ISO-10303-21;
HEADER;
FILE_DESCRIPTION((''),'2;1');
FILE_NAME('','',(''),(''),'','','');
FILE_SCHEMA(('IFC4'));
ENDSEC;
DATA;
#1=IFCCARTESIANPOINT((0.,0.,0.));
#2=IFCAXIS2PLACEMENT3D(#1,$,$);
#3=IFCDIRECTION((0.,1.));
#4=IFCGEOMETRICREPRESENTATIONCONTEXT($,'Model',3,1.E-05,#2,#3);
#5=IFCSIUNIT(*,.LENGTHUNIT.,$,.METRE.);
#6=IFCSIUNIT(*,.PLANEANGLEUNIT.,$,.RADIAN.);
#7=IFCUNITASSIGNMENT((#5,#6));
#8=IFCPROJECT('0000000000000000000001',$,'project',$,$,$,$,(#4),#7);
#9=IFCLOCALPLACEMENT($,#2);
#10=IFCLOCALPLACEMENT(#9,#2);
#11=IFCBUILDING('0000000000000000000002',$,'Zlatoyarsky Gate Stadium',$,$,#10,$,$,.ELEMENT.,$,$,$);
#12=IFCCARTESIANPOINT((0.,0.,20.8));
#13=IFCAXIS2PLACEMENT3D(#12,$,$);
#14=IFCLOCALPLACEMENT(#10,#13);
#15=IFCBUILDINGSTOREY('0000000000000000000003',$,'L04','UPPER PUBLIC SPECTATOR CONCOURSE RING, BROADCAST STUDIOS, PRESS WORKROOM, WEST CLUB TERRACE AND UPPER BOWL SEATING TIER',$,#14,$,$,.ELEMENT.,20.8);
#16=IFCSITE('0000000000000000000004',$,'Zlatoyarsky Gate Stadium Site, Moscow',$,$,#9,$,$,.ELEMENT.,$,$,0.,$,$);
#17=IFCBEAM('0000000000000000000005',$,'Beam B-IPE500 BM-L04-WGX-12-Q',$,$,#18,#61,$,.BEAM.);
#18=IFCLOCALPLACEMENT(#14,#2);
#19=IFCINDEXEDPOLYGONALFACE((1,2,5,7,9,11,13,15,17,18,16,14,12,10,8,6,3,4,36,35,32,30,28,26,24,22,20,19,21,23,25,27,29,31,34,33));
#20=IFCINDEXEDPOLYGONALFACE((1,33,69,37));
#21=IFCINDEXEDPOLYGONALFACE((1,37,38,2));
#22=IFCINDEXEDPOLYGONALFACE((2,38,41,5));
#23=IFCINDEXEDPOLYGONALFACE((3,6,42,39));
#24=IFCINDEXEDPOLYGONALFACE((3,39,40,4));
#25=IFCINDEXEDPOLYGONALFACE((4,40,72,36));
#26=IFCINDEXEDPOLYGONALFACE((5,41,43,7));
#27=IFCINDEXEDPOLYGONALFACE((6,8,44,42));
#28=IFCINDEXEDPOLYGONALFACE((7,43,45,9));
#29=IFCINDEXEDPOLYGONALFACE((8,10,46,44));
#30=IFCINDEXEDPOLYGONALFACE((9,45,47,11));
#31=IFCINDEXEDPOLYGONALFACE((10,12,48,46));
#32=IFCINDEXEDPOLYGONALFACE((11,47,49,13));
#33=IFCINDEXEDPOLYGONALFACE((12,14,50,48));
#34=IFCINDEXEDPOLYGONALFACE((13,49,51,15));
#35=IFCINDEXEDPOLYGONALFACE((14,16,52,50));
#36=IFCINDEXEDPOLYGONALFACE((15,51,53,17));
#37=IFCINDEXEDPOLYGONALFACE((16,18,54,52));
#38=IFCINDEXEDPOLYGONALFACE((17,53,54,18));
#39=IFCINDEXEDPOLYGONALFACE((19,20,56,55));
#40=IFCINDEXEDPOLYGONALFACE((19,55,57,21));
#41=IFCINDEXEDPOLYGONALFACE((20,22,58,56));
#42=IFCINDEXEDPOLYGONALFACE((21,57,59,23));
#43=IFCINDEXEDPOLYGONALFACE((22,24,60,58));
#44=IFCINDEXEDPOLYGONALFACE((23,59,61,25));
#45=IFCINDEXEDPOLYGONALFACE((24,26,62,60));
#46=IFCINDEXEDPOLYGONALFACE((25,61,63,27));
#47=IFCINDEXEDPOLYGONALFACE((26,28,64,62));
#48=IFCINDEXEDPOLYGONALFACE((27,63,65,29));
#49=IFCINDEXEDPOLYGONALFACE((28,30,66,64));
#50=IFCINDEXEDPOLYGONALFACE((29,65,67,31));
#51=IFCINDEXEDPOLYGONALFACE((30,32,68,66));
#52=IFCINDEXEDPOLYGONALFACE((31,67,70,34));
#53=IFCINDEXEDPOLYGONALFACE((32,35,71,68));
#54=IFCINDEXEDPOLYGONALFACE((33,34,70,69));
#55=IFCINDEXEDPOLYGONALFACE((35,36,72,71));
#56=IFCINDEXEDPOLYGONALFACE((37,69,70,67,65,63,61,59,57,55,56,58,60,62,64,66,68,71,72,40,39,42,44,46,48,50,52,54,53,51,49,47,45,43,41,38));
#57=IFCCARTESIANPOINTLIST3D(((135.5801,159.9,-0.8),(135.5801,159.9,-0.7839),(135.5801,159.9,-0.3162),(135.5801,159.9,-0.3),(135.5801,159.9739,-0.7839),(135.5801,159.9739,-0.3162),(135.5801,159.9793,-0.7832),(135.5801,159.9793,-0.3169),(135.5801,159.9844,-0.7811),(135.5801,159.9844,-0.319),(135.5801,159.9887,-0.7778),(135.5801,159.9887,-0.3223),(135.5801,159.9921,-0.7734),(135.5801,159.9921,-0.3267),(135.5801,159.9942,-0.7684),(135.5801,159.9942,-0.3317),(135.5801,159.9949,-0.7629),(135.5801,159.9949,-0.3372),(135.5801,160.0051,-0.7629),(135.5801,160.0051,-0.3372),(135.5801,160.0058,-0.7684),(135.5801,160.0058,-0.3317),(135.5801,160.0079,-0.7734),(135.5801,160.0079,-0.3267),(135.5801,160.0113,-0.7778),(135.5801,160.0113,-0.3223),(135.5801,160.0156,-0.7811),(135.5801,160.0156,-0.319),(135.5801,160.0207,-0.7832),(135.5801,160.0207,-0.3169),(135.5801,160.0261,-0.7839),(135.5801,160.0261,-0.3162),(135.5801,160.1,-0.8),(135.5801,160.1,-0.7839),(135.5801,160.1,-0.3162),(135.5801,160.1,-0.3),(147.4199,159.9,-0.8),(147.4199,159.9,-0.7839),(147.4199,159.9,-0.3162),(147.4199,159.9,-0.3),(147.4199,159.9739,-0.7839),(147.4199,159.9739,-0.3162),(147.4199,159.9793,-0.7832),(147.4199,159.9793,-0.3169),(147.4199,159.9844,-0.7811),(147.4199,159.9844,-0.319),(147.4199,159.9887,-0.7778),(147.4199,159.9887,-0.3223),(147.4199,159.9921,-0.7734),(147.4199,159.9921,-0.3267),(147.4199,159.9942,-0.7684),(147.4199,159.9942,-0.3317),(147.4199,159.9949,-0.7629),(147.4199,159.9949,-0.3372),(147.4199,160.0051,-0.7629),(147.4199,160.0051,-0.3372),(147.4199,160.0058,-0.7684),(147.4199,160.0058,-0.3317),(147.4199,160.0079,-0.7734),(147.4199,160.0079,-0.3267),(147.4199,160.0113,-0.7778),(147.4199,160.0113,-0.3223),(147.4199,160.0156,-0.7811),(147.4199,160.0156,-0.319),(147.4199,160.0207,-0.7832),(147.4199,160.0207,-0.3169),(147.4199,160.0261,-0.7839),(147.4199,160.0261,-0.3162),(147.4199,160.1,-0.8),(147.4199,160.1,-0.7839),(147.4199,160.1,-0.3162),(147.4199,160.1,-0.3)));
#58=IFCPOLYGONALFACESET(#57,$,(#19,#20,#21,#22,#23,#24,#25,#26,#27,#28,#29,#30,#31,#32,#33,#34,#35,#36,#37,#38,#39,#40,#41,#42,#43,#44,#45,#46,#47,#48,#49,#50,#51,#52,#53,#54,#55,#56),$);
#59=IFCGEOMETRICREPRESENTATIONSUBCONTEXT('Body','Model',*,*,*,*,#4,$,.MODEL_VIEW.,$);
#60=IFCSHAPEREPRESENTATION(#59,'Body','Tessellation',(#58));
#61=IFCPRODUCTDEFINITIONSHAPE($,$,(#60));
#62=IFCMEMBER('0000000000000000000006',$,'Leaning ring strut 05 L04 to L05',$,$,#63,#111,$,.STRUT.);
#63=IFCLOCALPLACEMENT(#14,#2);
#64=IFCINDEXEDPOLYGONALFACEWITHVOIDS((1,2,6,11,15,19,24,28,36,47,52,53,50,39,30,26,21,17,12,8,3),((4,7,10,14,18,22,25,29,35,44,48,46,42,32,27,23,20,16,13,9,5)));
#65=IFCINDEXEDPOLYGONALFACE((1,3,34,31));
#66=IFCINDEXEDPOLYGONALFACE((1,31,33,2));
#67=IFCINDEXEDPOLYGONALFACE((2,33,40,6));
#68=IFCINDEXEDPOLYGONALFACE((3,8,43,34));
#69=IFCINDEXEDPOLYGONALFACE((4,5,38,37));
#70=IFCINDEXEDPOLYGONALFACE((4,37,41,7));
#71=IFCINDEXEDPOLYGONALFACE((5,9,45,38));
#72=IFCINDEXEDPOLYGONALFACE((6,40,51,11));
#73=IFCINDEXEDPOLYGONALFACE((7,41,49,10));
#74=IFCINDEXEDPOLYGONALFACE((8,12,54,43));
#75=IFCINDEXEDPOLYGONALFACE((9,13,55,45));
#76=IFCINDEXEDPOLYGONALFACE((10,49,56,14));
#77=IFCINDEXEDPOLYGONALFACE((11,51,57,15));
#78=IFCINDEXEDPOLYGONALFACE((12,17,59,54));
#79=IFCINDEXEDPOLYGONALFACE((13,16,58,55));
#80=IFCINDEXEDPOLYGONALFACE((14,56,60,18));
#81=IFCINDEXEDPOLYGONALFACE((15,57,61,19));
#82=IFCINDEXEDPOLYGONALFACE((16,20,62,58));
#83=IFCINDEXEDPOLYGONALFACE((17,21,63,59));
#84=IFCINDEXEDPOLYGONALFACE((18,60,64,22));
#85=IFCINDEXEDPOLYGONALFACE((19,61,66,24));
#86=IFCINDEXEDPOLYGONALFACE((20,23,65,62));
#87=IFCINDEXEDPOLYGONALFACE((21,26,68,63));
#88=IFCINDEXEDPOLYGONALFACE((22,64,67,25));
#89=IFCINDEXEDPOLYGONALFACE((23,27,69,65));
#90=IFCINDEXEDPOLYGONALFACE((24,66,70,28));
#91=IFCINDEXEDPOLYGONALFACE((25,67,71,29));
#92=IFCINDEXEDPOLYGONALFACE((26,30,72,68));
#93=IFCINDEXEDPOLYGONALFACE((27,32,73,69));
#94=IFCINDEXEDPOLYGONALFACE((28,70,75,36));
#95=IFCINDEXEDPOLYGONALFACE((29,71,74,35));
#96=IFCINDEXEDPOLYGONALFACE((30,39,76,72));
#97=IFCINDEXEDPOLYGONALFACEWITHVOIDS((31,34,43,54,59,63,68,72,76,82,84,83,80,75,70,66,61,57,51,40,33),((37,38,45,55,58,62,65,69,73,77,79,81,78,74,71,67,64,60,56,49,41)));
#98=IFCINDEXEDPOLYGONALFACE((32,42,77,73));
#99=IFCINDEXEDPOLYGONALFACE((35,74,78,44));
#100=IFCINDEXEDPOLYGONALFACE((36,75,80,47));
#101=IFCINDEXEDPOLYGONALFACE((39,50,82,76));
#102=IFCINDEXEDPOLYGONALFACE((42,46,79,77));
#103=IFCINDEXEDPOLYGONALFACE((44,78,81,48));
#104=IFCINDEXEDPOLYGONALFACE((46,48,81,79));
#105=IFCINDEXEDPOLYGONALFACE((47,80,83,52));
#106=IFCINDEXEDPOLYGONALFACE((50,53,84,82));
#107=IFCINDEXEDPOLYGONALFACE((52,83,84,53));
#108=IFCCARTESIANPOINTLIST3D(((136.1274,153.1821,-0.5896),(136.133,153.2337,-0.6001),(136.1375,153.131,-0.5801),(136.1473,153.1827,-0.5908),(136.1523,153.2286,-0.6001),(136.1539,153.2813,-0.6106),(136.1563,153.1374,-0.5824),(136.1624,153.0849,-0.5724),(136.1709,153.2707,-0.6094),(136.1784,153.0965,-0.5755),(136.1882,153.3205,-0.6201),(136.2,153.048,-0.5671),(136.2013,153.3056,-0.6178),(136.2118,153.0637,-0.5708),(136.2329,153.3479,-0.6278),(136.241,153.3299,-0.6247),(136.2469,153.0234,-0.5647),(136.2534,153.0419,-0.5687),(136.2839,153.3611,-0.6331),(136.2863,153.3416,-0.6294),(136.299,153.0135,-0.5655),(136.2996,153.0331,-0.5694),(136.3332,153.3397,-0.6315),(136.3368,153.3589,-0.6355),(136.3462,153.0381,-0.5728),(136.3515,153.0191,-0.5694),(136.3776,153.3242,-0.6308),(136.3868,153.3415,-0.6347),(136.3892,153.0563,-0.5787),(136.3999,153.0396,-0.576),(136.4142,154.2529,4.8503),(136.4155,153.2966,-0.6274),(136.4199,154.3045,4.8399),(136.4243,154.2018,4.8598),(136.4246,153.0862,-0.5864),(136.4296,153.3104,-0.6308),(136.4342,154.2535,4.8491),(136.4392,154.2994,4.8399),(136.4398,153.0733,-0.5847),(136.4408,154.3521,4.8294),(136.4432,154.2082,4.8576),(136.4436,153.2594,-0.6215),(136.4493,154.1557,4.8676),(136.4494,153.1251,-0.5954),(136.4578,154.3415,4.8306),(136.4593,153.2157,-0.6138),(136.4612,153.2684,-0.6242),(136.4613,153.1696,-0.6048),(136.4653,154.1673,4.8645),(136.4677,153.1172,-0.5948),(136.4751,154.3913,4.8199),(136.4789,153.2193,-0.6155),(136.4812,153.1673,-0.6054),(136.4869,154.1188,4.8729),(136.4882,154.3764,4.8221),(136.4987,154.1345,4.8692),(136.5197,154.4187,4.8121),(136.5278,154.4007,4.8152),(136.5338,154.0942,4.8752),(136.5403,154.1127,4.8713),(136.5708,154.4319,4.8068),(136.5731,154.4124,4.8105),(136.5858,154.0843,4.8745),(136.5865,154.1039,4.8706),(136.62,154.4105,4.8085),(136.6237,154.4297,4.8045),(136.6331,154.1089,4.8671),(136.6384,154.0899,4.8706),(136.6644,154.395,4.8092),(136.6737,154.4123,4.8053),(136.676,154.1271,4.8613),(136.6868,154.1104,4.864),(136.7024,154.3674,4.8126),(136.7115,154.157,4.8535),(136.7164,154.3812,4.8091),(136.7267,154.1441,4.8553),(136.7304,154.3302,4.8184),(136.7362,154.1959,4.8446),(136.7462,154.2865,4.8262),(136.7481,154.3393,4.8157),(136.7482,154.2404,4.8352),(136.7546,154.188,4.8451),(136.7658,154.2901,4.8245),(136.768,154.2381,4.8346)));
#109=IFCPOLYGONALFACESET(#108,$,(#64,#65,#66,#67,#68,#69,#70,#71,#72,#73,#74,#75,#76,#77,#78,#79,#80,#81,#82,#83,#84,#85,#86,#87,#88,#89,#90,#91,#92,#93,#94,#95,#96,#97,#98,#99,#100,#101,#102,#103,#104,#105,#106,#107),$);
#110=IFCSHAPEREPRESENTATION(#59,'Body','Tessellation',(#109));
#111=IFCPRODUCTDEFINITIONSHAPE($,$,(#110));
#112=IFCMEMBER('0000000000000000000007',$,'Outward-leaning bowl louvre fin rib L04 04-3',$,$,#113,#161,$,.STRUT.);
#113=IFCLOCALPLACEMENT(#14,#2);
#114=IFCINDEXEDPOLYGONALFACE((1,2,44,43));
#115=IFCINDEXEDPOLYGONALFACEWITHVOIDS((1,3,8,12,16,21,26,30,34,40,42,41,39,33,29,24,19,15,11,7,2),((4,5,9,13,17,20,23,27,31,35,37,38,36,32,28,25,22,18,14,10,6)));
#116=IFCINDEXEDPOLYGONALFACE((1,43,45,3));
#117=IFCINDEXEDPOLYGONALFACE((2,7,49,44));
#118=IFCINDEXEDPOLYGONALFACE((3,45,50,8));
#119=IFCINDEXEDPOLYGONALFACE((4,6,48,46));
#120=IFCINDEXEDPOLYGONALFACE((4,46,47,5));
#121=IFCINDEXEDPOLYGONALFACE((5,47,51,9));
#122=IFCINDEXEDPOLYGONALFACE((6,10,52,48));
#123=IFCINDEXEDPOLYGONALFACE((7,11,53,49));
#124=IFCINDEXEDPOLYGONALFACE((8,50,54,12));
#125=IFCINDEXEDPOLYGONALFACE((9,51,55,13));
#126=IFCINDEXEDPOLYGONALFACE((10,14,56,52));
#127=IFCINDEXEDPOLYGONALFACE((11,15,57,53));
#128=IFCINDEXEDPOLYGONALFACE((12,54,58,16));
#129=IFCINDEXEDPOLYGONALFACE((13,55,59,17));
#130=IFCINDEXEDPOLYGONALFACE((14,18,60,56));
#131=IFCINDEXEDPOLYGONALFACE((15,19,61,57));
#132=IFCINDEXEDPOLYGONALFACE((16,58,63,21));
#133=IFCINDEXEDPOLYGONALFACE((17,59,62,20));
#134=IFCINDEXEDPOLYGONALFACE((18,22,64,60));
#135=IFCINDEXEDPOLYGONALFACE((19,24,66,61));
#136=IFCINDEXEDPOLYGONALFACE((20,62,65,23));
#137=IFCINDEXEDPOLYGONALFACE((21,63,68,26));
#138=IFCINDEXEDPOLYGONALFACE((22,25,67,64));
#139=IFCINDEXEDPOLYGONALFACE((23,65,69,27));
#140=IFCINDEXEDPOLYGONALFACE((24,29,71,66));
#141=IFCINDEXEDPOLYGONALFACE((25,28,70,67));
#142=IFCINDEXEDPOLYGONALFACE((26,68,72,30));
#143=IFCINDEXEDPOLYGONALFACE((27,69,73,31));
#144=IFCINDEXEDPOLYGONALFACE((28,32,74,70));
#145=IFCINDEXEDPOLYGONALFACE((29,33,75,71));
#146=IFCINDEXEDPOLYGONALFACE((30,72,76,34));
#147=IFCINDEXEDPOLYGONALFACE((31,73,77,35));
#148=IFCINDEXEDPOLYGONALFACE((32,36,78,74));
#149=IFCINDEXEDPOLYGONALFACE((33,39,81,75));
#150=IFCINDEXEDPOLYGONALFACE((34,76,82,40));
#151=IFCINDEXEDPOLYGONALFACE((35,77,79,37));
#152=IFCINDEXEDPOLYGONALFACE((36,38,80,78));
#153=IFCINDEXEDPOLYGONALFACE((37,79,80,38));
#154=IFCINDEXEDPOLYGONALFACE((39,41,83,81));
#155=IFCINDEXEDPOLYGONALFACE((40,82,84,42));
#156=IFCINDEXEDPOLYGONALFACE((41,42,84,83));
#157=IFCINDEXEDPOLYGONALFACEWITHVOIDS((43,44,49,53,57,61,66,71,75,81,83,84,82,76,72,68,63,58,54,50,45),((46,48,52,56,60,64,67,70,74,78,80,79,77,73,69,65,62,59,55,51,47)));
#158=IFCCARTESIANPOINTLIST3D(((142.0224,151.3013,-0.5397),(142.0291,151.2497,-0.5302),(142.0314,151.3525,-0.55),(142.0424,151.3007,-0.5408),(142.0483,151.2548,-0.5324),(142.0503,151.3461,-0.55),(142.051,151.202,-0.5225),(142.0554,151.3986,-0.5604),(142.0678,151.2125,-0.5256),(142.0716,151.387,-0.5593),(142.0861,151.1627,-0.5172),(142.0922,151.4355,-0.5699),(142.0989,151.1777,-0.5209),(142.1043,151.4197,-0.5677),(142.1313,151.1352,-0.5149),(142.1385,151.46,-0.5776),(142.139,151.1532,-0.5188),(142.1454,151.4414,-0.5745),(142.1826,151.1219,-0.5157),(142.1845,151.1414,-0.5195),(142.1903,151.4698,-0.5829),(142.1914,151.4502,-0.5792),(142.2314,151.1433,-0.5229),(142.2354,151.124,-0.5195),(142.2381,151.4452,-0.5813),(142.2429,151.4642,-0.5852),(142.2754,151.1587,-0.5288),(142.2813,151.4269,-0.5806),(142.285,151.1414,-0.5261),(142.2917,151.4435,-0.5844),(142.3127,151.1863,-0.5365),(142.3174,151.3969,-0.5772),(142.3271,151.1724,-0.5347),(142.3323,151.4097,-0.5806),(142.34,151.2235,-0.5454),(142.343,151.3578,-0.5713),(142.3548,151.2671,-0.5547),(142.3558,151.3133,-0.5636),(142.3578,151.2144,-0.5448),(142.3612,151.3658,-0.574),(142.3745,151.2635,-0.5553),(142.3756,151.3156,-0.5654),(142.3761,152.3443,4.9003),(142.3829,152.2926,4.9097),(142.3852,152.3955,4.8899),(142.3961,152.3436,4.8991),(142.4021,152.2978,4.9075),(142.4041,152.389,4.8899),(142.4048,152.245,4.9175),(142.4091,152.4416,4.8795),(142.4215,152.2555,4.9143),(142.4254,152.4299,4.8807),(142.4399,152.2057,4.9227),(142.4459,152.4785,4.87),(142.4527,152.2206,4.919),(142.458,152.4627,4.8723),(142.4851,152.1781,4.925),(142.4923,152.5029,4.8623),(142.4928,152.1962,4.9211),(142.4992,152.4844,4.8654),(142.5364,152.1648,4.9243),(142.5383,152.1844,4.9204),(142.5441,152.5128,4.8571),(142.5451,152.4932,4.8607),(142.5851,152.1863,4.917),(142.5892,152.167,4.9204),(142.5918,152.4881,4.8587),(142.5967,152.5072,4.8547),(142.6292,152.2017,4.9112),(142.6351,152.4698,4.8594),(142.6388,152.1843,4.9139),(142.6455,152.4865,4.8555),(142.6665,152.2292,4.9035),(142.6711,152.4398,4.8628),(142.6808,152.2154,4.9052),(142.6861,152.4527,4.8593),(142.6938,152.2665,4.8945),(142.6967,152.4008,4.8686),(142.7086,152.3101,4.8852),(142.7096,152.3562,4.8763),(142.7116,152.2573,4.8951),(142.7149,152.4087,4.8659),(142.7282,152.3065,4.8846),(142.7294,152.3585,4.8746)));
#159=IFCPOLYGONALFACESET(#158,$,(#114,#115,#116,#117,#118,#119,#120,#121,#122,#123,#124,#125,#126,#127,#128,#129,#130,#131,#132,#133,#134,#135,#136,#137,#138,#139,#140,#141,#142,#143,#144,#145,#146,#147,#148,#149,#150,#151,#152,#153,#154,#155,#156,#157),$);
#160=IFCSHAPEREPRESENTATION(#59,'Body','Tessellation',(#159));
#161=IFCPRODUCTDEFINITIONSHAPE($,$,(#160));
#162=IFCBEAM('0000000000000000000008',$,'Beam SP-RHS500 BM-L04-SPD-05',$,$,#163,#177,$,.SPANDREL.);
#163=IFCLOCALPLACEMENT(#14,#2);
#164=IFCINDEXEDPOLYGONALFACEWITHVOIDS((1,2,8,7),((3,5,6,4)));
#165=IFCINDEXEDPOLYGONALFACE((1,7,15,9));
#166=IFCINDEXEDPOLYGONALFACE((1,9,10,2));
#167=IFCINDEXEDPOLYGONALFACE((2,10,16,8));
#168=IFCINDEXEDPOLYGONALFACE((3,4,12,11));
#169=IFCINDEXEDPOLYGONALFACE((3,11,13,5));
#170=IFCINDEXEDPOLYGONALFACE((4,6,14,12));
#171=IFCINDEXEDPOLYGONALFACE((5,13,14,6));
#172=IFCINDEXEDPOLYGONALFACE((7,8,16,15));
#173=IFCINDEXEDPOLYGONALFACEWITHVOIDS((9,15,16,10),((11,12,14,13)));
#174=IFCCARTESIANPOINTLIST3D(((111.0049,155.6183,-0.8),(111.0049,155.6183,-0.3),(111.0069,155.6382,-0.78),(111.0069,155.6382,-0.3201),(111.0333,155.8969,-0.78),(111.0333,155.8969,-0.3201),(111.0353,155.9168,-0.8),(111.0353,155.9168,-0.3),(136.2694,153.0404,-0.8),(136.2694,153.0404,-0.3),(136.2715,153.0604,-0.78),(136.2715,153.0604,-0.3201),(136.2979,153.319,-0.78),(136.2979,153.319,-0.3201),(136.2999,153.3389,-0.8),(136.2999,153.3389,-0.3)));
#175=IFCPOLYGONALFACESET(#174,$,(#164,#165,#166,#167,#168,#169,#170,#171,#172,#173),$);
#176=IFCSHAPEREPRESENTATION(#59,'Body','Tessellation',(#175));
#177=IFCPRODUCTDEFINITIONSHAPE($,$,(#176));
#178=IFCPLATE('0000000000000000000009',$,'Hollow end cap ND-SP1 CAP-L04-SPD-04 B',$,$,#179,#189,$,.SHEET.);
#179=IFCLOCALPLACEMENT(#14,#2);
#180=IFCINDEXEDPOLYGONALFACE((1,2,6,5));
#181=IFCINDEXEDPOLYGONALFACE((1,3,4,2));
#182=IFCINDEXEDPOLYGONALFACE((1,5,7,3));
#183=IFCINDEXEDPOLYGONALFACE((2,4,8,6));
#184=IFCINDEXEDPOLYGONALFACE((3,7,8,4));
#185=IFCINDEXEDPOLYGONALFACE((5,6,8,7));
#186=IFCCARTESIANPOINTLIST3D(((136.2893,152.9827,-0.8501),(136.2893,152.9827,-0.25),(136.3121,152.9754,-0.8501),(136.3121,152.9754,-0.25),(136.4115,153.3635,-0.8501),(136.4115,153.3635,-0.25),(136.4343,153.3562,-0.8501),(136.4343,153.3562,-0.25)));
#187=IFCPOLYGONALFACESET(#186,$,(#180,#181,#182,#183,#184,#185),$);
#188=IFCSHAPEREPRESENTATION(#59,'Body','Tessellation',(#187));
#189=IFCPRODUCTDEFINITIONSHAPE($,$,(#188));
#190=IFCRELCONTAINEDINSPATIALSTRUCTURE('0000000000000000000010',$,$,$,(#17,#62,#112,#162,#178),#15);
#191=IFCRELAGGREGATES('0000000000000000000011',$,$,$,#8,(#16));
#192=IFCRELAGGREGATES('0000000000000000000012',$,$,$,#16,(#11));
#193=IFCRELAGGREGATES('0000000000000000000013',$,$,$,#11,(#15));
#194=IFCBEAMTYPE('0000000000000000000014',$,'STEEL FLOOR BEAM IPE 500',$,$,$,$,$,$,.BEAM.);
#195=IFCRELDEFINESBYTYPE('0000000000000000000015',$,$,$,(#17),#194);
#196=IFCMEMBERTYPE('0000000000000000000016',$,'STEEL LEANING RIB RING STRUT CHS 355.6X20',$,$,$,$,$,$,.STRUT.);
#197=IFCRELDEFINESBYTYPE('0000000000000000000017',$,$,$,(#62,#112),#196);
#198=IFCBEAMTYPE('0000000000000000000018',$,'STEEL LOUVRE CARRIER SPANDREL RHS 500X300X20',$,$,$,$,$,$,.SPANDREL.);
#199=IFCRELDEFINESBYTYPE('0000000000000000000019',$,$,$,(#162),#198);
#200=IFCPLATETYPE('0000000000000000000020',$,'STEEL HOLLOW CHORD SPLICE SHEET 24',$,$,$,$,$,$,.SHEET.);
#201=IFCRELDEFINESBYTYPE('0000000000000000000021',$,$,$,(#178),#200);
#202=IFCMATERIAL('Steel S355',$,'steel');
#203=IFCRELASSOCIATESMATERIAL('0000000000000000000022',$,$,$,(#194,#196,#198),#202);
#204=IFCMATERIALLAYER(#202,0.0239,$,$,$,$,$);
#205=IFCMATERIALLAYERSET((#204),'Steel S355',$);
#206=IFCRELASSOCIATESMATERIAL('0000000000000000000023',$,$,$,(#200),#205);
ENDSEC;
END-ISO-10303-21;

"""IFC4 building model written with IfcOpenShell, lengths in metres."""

from ifc_helpers import new_model, si_unit, direction, frame, origin, origin_2d, place, context, subcontext, project, spatial, rectangle, hollow_rectangle, hollow_circle, i_section, extrude, material, layer, layer_set, material_profile, profile_set, type_object, element, save


model = new_model("IFC4")

# Units and contexts
model_context = context("Model", 3, precision=1e-05, world=origin(), true_north=direction((0.0, 1.0)))
body_context = subcontext(model_context, "Body", "Model", "MODEL_VIEW")
ifc_project = project(units=[si_unit("LENGTHUNIT", "METRE"), si_unit("PLANEANGLEUNIT", "RADIAN")], contexts=[model_context])

# Site, building, storey
site_placement = place(None, origin())
site = spatial("IfcSite", under=ifc_project, at=site_placement, Name="Zlatoyarsky Gate Stadium Site, Moscow", CompositionType="ELEMENT", RefElevation=0.0)
building_placement = place(site_placement, origin())
building = spatial("IfcBuilding", under=site, at=building_placement, Name="Zlatoyarsky Gate Stadium", CompositionType="ELEMENT")
storey_placement = place(building_placement, frame((0.0, 0.0, 20.8)))
storey = spatial("IfcBuildingStorey", under=building, at=storey_placement, Name="L04", Description="UPPER PUBLIC SPECTATOR CONCOURSE RING, BROADCAST STUDIOS, PRESS WORKROOM, WEST CLUB TERRACE AND UPPER BOWL SEATING TIER", CompositionType="ELEMENT", Elevation=20.8)

# Shared definitions
ifc_material_1 = material(Name="Steel S355", Category="steel")

# Beam
ifc_material_profile_1 = material_profile(ifc_material_1, i_section(OverallWidth=0.2, OverallDepth=0.5, WebThickness=0.0103, FlangeThickness=0.0161, FilletRadius=0.021, at=origin_2d()), Name="IPE 500")
ifc_profile_set_1 = profile_set([ifc_material_profile_1], Name="Steel S355")
beam_type_1 = type_object("IfcBeamType", Name="STEEL FLOOR BEAM IPE 500", PredefinedType="BEAM", material=ifc_profile_set_1)
beam_1_placement = place(storey_placement, frame((135.5801, 160.0, -0.55), z_axis=(1.0, 0.0, 0.0), x_axis=(0.0, 1.0, 0.0)))
element("IfcBeam", 1, at=beam_1_placement, inside=storey, type_object=beam_type_1, Name="Beam B-IPE500 BM-L04-WGX-12-Q", PredefinedType="BEAM", context=body_context, shape_type="SweptSolid", body=[
    extrude(i_section(OverallWidth=0.2, OverallDepth=0.5, WebThickness=0.0103, FlangeThickness=0.0161, FilletRadius=0.021, at=origin_2d()), origin(), (0.0, 0.0, 1.0), 11.8398),
])

# Members
ifc_material_profile_2 = material_profile(ifc_material_1, hollow_circle(Radius=0.1777, WallThickness=0.02, at=origin_2d()), Name="CHS 355.6X20")
ifc_profile_set_2 = profile_set([ifc_material_profile_2], Name="Steel S355")
member_type_1 = type_object("IfcMemberType", Name="STEEL LEANING RIB RING STRUT CHS 355.6X20", PredefinedType="STRUT", material=ifc_profile_set_2)
member_1_placement = place(storey_placement, frame((136.3047, 153.1877, -0.6001), z_axis=(0.051671, 0.192876, 0.979862), x_axis=(-0.965938, 0.258773, 0.0)))
element("IfcMember", 2, at=member_1_placement, inside=storey, type_object=member_type_1, Name="Leaning ring strut 05 L04 to L05", PredefinedType="STRUT", context=body_context, shape_type="SweptSolid", body=[
    extrude(hollow_circle(Radius=0.1777, WallThickness=0.02, at=origin_2d()), origin(), (0.0, 0.0, 1.0), 5.5518),
])
member_2_placement = place(storey_placement, frame((142.1997, 151.2954, -0.55), z_axis=(0.063737, 0.187912, 0.980116), x_axis=(-0.947008, 0.321211, 0.0)))
element("IfcMember", 3, at=member_2_placement, inside=storey, type_object=member_type_1, Name="Outward-leaning bowl louvre fin rib L04 04-3", PredefinedType="STRUT", context=body_context, shape_type="SweptSolid", body=[
    extrude(hollow_circle(Radius=0.1777, WallThickness=0.02, at=origin_2d()), origin(), (0.0, 0.0, 1.0), 5.5503),
])

# Beam
ifc_material_profile_3 = material_profile(ifc_material_1, hollow_rectangle(XDim=0.3, YDim=0.5, WallThickness=0.02, at=origin_2d()), Name="RHS 500X300X20")
ifc_profile_set_3 = profile_set([ifc_material_profile_3], Name="Steel S355")
beam_type_2 = type_object("IfcBeamType", Name="STEEL LOUVRE CARRIER SPANDREL RHS 500X300X20", PredefinedType="SPANDREL", material=ifc_profile_set_3)
beam_2_placement = place(storey_placement, frame((136.2847, 153.1897, -0.55), z_axis=(-0.994835, 0.101508, 0.0), x_axis=(-0.101508, -0.994835, 0.0)))
element("IfcBeam", 4, at=beam_2_placement, inside=storey, type_object=beam_type_2, Name="Beam SP-RHS500 BM-L04-SPD-05", PredefinedType="SPANDREL", context=body_context, shape_type="SweptSolid", body=[
    extrude(hollow_rectangle(XDim=0.3, YDim=0.5, WallThickness=0.02, at=origin_2d()), origin(), (0.0, 0.0, 1.0), 25.3958),
])

# Plate
ifc_layer_1 = layer(ifc_material_1, 0.0239)
ifc_layer_set_1 = layer_set([ifc_layer_1], Name="Steel S355")
plate_type_1 = type_object("IfcPlateType", Name="STEEL HOLLOW CHORD SPLICE SHEET 24", PredefinedType="SHEET", material=ifc_layer_set_1)
for number, where, z_axis, x_axis, name in (
    (5, (136.3618, 153.1694, -0.8501), (0.0, 0.0, 1.0), (-0.952146, 0.305645, 0.0), "Hollow end cap ND-SP1 CAP-L04-SPD-04 B"),
):
    element("IfcPlate", number, at=place(storey_placement, frame(where, z_axis=z_axis, x_axis=x_axis)), inside=storey, type_object=plate_type_1, Name=name, PredefinedType="SHEET", context=body_context, shape_type="SweptSolid", body=[
        extrude(rectangle(XDim=0.0239, YDim=0.3999, at=origin_2d()), origin(), (0.0, 0.0, 1.0), 0.6001),
    ])

save(model, "model.ifc")
